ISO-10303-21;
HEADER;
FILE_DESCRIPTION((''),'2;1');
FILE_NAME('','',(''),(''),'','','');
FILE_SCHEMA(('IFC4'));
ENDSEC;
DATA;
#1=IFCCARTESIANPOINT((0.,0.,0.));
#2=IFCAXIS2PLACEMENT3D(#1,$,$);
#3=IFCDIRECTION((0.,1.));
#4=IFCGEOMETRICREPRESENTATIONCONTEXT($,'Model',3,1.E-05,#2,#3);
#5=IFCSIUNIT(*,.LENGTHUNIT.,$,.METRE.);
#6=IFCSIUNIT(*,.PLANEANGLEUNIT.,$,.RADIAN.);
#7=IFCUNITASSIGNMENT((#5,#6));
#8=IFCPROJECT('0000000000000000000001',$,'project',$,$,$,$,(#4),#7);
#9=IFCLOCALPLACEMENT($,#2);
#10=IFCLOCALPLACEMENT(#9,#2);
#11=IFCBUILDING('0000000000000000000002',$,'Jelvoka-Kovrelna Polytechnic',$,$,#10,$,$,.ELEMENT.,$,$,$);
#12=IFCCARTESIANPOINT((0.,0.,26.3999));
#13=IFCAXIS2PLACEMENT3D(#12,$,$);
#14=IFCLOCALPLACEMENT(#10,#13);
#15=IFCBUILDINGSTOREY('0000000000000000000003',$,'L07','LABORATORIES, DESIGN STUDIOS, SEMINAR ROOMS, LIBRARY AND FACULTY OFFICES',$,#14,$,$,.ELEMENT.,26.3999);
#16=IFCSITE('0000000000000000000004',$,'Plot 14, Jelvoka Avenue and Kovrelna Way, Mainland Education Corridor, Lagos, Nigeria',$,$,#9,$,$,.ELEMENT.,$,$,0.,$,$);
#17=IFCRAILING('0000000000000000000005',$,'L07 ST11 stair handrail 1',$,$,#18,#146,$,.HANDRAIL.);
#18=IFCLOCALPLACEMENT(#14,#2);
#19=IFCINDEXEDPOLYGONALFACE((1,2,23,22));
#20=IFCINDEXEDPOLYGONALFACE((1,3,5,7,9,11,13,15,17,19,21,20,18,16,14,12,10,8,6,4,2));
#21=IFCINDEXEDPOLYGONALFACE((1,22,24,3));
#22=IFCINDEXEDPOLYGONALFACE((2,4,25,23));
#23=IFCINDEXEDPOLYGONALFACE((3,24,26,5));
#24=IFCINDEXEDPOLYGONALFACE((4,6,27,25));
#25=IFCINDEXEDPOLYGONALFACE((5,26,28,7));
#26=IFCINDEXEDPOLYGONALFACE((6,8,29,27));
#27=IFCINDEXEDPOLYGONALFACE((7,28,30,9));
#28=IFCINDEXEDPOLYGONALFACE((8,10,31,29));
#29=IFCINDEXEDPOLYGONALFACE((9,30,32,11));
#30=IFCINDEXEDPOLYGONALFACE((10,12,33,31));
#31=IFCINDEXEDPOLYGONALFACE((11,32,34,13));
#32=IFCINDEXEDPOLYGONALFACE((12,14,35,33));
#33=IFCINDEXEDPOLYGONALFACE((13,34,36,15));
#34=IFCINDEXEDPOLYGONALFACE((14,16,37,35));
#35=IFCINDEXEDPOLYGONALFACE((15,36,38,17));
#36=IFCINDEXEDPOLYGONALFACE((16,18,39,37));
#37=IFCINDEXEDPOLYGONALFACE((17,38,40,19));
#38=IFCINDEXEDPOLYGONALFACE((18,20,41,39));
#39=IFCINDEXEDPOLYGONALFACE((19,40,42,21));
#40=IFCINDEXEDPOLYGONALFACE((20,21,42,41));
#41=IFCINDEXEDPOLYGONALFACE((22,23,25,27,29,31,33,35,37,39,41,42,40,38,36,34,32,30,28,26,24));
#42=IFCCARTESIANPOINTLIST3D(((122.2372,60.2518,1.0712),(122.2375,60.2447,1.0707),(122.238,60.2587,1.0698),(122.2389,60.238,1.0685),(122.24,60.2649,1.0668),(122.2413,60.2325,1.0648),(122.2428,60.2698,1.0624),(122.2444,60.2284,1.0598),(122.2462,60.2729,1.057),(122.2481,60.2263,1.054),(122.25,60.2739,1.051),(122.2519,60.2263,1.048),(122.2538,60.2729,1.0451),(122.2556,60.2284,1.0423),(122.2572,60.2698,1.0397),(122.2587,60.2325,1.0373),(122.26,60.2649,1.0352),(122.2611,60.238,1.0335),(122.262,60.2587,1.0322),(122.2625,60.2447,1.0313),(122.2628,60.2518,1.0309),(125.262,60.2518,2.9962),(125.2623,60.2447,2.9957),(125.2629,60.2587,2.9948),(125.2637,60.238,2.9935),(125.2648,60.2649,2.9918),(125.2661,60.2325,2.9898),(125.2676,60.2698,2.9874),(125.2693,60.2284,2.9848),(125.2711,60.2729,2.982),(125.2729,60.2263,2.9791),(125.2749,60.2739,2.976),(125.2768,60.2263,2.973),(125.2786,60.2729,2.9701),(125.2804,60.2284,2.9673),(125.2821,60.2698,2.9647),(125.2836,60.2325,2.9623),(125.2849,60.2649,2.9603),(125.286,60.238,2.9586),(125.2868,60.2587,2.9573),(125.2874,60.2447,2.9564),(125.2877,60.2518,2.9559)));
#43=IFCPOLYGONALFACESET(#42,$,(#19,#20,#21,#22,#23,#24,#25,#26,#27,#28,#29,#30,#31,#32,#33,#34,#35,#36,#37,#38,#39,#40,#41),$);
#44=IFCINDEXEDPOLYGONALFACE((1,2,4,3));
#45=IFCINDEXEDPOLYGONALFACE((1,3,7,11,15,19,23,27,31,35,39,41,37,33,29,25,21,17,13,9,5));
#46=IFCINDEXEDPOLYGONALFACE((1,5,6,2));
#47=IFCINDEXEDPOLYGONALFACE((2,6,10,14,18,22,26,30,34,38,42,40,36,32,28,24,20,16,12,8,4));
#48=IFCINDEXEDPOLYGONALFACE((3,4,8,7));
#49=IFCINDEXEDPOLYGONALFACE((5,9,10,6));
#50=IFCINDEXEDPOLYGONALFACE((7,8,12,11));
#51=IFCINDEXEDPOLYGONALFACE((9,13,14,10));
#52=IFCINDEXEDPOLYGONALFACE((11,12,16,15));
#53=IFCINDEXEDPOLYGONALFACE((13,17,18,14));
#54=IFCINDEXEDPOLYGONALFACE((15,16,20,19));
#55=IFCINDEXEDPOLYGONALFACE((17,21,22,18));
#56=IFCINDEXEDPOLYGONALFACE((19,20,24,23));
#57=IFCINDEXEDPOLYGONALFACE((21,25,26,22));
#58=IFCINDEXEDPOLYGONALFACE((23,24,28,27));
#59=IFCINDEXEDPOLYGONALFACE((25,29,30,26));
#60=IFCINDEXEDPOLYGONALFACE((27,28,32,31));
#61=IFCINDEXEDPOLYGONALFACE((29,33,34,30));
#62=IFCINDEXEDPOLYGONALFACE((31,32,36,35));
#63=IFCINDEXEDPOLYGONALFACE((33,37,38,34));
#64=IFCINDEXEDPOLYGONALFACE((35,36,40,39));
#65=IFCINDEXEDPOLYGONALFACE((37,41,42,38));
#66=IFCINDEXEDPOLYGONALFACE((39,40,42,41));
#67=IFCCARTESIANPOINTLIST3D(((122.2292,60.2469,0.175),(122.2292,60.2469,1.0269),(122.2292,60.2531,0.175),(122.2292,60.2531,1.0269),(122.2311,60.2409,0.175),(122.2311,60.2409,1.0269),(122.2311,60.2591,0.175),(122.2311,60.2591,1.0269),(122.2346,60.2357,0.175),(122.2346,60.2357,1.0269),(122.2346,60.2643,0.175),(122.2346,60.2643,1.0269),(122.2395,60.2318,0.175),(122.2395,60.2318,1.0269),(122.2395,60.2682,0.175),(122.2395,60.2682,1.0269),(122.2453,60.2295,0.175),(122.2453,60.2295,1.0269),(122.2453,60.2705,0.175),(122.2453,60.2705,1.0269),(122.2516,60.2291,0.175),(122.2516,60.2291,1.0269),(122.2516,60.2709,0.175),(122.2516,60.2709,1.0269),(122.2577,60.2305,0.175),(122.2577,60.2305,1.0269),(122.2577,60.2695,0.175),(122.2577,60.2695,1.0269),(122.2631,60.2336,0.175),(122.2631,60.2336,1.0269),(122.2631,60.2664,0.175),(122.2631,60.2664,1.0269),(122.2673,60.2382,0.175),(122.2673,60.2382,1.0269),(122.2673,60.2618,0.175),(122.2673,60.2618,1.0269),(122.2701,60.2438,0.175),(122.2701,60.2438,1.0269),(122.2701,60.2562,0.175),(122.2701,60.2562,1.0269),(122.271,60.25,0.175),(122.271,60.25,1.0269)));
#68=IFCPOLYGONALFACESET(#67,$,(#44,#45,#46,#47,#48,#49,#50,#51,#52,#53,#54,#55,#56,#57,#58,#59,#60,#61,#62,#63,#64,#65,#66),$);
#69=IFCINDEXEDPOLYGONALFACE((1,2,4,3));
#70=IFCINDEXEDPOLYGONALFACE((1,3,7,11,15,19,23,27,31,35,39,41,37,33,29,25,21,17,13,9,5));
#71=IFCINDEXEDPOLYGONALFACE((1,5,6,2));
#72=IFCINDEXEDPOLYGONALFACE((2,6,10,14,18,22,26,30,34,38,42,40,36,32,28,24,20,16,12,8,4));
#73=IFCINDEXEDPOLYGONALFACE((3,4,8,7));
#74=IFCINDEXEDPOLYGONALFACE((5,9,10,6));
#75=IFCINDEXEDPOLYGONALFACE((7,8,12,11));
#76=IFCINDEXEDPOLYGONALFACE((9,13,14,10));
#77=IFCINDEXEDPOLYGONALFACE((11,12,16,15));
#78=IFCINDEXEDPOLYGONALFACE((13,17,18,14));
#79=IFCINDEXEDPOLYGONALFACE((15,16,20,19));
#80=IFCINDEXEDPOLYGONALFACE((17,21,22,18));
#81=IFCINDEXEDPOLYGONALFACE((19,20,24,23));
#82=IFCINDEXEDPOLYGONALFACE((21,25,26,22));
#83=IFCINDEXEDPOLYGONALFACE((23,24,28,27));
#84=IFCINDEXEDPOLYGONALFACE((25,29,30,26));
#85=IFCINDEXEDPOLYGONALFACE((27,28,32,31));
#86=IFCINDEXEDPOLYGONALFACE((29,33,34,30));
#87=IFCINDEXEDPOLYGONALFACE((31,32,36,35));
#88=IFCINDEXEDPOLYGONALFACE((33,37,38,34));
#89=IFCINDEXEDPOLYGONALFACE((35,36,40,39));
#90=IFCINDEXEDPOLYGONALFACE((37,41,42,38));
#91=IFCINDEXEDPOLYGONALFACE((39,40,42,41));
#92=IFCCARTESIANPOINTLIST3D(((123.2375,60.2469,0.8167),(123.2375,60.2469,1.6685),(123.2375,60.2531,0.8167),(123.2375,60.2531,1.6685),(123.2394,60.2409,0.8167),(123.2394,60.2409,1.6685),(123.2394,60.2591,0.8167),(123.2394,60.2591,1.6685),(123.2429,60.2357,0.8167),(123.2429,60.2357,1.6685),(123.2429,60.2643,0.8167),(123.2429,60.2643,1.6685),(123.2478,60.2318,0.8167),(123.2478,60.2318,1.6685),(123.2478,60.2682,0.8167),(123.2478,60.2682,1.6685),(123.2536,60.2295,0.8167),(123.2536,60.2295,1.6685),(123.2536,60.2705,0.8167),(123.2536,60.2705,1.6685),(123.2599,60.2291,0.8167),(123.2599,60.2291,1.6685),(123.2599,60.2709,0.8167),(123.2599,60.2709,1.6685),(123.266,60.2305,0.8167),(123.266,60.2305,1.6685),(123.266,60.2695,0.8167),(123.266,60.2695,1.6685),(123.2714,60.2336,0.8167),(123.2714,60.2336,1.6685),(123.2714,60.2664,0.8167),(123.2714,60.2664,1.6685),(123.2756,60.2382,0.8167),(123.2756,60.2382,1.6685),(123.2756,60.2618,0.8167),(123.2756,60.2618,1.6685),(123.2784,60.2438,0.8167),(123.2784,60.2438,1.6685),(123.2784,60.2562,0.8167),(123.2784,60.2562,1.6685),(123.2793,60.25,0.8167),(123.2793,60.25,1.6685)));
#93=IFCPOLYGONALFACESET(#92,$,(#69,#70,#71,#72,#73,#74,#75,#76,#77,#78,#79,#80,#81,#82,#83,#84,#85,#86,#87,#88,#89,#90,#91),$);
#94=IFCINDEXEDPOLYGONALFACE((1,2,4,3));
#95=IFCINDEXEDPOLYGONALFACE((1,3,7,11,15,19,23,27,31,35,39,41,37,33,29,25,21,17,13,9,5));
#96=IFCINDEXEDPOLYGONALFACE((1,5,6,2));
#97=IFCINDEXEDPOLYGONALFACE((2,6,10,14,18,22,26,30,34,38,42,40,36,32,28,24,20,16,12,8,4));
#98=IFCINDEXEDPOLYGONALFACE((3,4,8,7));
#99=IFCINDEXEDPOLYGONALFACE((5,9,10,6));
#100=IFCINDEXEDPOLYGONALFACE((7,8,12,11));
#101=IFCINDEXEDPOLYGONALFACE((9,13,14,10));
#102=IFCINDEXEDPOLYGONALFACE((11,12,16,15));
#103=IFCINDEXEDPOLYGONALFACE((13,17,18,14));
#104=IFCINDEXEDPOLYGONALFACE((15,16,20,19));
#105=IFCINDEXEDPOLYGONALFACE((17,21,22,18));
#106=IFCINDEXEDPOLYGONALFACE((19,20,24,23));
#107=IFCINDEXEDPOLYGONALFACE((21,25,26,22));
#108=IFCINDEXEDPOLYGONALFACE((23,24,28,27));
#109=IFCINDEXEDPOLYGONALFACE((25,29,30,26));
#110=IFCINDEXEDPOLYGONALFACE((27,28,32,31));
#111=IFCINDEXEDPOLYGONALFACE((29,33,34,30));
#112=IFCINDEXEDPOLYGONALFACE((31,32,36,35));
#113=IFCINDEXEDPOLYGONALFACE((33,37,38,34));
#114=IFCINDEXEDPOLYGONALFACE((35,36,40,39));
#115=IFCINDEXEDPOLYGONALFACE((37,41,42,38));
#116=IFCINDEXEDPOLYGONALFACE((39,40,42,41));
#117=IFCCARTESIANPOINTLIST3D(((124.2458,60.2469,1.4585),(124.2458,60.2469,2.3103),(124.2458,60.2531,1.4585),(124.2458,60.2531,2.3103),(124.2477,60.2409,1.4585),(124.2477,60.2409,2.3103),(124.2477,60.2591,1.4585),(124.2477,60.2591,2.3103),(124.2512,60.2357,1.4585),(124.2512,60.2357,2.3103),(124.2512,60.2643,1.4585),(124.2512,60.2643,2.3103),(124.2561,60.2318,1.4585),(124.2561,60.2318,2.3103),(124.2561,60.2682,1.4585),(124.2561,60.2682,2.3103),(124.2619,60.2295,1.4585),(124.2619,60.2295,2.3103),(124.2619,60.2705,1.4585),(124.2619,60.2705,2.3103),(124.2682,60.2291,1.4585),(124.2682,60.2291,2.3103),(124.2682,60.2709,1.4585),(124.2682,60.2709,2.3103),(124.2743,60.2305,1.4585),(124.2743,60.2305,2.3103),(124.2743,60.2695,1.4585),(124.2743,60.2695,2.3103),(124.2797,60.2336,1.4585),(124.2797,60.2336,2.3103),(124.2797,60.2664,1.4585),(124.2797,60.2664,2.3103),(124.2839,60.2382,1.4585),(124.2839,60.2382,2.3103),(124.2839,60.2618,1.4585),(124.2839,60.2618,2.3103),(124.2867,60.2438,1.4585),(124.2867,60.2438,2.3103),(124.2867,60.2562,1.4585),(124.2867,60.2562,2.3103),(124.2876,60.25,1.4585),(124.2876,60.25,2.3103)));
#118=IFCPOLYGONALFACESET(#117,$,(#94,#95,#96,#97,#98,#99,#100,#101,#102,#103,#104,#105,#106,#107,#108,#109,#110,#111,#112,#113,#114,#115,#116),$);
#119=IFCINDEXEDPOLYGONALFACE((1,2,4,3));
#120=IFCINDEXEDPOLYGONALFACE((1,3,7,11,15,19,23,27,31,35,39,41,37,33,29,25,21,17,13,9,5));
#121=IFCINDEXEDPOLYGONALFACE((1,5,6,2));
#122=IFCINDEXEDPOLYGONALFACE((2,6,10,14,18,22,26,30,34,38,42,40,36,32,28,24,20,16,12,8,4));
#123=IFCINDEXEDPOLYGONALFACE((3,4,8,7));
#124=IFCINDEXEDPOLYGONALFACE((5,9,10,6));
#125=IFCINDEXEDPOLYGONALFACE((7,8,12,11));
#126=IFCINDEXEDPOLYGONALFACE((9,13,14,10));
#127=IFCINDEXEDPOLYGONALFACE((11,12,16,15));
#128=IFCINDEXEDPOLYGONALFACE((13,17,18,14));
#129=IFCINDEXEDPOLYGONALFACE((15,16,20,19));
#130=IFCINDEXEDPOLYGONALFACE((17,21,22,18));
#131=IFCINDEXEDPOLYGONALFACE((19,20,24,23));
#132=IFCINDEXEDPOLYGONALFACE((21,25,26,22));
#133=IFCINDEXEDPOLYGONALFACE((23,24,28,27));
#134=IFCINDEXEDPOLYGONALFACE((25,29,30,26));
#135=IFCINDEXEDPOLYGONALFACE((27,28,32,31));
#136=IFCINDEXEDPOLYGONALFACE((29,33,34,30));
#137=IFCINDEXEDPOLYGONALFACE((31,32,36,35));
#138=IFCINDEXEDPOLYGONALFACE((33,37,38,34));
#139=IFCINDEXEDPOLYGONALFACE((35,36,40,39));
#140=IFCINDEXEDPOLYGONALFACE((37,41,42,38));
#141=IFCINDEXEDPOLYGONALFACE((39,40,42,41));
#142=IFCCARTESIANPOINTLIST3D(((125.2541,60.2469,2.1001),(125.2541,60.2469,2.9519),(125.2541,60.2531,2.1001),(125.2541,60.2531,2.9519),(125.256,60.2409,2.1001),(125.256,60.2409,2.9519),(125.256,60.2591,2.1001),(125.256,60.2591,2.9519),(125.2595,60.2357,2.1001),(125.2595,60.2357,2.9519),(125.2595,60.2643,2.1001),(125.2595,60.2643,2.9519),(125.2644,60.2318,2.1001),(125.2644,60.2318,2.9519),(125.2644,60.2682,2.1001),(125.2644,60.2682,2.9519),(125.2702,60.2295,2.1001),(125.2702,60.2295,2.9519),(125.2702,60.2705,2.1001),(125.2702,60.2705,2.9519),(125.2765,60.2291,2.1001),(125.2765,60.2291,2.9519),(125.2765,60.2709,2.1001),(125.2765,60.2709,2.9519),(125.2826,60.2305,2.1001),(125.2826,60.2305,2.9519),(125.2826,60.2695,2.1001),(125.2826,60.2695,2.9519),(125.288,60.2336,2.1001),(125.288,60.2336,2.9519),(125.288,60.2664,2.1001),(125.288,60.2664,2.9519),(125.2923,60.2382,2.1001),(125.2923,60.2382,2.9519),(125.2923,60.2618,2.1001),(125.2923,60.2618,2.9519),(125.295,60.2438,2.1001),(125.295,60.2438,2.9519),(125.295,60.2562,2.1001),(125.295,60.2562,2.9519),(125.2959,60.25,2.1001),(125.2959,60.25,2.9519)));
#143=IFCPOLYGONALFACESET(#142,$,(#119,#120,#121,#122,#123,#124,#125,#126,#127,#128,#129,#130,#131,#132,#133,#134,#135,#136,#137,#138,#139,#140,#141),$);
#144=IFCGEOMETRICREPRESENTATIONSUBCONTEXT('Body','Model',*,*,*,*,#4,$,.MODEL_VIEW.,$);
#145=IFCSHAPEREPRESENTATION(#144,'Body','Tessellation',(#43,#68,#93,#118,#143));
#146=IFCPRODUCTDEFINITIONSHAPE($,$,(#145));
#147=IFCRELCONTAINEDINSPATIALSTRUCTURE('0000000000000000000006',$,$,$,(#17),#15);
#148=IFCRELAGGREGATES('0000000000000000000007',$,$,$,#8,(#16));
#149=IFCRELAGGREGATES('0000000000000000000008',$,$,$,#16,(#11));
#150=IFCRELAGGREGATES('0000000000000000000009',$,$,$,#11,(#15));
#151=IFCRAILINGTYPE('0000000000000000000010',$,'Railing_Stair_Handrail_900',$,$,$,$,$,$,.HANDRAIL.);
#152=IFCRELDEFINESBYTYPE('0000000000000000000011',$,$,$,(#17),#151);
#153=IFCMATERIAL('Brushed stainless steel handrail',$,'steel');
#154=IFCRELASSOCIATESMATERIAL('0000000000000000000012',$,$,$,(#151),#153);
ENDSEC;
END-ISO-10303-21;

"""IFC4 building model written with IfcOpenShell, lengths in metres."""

from ifc_helpers import new_model, si_unit, direction, frame, origin, origin_2d, place, context, subcontext, project, spatial, circle, extrude, material, type_object, element, save


model = new_model("IFC4")

# Units and contexts
model_context = context("Model", 3, precision=1e-05, world=origin(), true_north=direction((0.0, 1.0)))
body_context = subcontext(model_context, "Body", "Model", "MODEL_VIEW")
ifc_project = project(units=[si_unit("LENGTHUNIT", "METRE"), si_unit("PLANEANGLEUNIT", "RADIAN")], contexts=[model_context])

# Site, building, storey
site_placement = place(None, origin())
site = spatial("IfcSite", under=ifc_project, at=site_placement, Name="Plot 14, Jelvoka Avenue and Kovrelna Way, Mainland Education Corridor, Lagos, Nigeria", CompositionType="ELEMENT", RefElevation=0.0)
building_placement = place(site_placement, origin())
building = spatial("IfcBuilding", under=site, at=building_placement, Name="Jelvoka-Kovrelna Polytechnic", CompositionType="ELEMENT")
storey_placement = place(building_placement, frame((0.0, 0.0, 26.3999)))
storey = spatial("IfcBuildingStorey", under=building, at=storey_placement, Name="L07", Description="LABORATORIES, DESIGN STUDIOS, SEMINAR ROOMS, LIBRARY AND FACULTY OFFICES", CompositionType="ELEMENT", Elevation=26.3999)

# Railing
ifc_material_1 = material(Name="Brushed stainless steel handrail", Category="steel")
railing_type_1 = type_object("IfcRailingType", Name="Railing_Stair_Handrail_900", PredefinedType="HANDRAIL", material=ifc_material_1)
railing_1_placement = place(storey_placement, frame((122.25, 60.25, 0.175)))
element("IfcRailing", 1, at=railing_1_placement, inside=storey, type_object=railing_type_1, Name="L07 ST11 stair handrail 1", PredefinedType="HANDRAIL", context=body_context, shape_type="SweptSolid", body=[
    extrude(circle(Radius=0.0239, at=origin_2d()), frame((0.0, 0.0, 0.876), z_axis=(0.843647, 0.0, 0.536898), x_axis=(0.0, 1.0, 0.0)), (0.0, 0.0, 1.0), 3.5854),
    extrude(circle(Radius=0.021, at=origin_2d()), origin(), (0.0, 0.0, 1.0), 0.8518),
    extrude(circle(Radius=0.021, at=origin_2d()), frame((1.0083, 0.0, 0.6416)), (0.0, 0.0, 1.0), 0.8518),
    extrude(circle(Radius=0.021, at=origin_2d()), frame((2.0166, 0.0, 1.2834)), (0.0, 0.0, 1.0), 0.8518),
    extrude(circle(Radius=0.021, at=origin_2d()), frame((3.0249, 0.0, 1.925)), (0.0, 0.0, 1.0), 0.8518),
])

save(model, "model.ifc")
